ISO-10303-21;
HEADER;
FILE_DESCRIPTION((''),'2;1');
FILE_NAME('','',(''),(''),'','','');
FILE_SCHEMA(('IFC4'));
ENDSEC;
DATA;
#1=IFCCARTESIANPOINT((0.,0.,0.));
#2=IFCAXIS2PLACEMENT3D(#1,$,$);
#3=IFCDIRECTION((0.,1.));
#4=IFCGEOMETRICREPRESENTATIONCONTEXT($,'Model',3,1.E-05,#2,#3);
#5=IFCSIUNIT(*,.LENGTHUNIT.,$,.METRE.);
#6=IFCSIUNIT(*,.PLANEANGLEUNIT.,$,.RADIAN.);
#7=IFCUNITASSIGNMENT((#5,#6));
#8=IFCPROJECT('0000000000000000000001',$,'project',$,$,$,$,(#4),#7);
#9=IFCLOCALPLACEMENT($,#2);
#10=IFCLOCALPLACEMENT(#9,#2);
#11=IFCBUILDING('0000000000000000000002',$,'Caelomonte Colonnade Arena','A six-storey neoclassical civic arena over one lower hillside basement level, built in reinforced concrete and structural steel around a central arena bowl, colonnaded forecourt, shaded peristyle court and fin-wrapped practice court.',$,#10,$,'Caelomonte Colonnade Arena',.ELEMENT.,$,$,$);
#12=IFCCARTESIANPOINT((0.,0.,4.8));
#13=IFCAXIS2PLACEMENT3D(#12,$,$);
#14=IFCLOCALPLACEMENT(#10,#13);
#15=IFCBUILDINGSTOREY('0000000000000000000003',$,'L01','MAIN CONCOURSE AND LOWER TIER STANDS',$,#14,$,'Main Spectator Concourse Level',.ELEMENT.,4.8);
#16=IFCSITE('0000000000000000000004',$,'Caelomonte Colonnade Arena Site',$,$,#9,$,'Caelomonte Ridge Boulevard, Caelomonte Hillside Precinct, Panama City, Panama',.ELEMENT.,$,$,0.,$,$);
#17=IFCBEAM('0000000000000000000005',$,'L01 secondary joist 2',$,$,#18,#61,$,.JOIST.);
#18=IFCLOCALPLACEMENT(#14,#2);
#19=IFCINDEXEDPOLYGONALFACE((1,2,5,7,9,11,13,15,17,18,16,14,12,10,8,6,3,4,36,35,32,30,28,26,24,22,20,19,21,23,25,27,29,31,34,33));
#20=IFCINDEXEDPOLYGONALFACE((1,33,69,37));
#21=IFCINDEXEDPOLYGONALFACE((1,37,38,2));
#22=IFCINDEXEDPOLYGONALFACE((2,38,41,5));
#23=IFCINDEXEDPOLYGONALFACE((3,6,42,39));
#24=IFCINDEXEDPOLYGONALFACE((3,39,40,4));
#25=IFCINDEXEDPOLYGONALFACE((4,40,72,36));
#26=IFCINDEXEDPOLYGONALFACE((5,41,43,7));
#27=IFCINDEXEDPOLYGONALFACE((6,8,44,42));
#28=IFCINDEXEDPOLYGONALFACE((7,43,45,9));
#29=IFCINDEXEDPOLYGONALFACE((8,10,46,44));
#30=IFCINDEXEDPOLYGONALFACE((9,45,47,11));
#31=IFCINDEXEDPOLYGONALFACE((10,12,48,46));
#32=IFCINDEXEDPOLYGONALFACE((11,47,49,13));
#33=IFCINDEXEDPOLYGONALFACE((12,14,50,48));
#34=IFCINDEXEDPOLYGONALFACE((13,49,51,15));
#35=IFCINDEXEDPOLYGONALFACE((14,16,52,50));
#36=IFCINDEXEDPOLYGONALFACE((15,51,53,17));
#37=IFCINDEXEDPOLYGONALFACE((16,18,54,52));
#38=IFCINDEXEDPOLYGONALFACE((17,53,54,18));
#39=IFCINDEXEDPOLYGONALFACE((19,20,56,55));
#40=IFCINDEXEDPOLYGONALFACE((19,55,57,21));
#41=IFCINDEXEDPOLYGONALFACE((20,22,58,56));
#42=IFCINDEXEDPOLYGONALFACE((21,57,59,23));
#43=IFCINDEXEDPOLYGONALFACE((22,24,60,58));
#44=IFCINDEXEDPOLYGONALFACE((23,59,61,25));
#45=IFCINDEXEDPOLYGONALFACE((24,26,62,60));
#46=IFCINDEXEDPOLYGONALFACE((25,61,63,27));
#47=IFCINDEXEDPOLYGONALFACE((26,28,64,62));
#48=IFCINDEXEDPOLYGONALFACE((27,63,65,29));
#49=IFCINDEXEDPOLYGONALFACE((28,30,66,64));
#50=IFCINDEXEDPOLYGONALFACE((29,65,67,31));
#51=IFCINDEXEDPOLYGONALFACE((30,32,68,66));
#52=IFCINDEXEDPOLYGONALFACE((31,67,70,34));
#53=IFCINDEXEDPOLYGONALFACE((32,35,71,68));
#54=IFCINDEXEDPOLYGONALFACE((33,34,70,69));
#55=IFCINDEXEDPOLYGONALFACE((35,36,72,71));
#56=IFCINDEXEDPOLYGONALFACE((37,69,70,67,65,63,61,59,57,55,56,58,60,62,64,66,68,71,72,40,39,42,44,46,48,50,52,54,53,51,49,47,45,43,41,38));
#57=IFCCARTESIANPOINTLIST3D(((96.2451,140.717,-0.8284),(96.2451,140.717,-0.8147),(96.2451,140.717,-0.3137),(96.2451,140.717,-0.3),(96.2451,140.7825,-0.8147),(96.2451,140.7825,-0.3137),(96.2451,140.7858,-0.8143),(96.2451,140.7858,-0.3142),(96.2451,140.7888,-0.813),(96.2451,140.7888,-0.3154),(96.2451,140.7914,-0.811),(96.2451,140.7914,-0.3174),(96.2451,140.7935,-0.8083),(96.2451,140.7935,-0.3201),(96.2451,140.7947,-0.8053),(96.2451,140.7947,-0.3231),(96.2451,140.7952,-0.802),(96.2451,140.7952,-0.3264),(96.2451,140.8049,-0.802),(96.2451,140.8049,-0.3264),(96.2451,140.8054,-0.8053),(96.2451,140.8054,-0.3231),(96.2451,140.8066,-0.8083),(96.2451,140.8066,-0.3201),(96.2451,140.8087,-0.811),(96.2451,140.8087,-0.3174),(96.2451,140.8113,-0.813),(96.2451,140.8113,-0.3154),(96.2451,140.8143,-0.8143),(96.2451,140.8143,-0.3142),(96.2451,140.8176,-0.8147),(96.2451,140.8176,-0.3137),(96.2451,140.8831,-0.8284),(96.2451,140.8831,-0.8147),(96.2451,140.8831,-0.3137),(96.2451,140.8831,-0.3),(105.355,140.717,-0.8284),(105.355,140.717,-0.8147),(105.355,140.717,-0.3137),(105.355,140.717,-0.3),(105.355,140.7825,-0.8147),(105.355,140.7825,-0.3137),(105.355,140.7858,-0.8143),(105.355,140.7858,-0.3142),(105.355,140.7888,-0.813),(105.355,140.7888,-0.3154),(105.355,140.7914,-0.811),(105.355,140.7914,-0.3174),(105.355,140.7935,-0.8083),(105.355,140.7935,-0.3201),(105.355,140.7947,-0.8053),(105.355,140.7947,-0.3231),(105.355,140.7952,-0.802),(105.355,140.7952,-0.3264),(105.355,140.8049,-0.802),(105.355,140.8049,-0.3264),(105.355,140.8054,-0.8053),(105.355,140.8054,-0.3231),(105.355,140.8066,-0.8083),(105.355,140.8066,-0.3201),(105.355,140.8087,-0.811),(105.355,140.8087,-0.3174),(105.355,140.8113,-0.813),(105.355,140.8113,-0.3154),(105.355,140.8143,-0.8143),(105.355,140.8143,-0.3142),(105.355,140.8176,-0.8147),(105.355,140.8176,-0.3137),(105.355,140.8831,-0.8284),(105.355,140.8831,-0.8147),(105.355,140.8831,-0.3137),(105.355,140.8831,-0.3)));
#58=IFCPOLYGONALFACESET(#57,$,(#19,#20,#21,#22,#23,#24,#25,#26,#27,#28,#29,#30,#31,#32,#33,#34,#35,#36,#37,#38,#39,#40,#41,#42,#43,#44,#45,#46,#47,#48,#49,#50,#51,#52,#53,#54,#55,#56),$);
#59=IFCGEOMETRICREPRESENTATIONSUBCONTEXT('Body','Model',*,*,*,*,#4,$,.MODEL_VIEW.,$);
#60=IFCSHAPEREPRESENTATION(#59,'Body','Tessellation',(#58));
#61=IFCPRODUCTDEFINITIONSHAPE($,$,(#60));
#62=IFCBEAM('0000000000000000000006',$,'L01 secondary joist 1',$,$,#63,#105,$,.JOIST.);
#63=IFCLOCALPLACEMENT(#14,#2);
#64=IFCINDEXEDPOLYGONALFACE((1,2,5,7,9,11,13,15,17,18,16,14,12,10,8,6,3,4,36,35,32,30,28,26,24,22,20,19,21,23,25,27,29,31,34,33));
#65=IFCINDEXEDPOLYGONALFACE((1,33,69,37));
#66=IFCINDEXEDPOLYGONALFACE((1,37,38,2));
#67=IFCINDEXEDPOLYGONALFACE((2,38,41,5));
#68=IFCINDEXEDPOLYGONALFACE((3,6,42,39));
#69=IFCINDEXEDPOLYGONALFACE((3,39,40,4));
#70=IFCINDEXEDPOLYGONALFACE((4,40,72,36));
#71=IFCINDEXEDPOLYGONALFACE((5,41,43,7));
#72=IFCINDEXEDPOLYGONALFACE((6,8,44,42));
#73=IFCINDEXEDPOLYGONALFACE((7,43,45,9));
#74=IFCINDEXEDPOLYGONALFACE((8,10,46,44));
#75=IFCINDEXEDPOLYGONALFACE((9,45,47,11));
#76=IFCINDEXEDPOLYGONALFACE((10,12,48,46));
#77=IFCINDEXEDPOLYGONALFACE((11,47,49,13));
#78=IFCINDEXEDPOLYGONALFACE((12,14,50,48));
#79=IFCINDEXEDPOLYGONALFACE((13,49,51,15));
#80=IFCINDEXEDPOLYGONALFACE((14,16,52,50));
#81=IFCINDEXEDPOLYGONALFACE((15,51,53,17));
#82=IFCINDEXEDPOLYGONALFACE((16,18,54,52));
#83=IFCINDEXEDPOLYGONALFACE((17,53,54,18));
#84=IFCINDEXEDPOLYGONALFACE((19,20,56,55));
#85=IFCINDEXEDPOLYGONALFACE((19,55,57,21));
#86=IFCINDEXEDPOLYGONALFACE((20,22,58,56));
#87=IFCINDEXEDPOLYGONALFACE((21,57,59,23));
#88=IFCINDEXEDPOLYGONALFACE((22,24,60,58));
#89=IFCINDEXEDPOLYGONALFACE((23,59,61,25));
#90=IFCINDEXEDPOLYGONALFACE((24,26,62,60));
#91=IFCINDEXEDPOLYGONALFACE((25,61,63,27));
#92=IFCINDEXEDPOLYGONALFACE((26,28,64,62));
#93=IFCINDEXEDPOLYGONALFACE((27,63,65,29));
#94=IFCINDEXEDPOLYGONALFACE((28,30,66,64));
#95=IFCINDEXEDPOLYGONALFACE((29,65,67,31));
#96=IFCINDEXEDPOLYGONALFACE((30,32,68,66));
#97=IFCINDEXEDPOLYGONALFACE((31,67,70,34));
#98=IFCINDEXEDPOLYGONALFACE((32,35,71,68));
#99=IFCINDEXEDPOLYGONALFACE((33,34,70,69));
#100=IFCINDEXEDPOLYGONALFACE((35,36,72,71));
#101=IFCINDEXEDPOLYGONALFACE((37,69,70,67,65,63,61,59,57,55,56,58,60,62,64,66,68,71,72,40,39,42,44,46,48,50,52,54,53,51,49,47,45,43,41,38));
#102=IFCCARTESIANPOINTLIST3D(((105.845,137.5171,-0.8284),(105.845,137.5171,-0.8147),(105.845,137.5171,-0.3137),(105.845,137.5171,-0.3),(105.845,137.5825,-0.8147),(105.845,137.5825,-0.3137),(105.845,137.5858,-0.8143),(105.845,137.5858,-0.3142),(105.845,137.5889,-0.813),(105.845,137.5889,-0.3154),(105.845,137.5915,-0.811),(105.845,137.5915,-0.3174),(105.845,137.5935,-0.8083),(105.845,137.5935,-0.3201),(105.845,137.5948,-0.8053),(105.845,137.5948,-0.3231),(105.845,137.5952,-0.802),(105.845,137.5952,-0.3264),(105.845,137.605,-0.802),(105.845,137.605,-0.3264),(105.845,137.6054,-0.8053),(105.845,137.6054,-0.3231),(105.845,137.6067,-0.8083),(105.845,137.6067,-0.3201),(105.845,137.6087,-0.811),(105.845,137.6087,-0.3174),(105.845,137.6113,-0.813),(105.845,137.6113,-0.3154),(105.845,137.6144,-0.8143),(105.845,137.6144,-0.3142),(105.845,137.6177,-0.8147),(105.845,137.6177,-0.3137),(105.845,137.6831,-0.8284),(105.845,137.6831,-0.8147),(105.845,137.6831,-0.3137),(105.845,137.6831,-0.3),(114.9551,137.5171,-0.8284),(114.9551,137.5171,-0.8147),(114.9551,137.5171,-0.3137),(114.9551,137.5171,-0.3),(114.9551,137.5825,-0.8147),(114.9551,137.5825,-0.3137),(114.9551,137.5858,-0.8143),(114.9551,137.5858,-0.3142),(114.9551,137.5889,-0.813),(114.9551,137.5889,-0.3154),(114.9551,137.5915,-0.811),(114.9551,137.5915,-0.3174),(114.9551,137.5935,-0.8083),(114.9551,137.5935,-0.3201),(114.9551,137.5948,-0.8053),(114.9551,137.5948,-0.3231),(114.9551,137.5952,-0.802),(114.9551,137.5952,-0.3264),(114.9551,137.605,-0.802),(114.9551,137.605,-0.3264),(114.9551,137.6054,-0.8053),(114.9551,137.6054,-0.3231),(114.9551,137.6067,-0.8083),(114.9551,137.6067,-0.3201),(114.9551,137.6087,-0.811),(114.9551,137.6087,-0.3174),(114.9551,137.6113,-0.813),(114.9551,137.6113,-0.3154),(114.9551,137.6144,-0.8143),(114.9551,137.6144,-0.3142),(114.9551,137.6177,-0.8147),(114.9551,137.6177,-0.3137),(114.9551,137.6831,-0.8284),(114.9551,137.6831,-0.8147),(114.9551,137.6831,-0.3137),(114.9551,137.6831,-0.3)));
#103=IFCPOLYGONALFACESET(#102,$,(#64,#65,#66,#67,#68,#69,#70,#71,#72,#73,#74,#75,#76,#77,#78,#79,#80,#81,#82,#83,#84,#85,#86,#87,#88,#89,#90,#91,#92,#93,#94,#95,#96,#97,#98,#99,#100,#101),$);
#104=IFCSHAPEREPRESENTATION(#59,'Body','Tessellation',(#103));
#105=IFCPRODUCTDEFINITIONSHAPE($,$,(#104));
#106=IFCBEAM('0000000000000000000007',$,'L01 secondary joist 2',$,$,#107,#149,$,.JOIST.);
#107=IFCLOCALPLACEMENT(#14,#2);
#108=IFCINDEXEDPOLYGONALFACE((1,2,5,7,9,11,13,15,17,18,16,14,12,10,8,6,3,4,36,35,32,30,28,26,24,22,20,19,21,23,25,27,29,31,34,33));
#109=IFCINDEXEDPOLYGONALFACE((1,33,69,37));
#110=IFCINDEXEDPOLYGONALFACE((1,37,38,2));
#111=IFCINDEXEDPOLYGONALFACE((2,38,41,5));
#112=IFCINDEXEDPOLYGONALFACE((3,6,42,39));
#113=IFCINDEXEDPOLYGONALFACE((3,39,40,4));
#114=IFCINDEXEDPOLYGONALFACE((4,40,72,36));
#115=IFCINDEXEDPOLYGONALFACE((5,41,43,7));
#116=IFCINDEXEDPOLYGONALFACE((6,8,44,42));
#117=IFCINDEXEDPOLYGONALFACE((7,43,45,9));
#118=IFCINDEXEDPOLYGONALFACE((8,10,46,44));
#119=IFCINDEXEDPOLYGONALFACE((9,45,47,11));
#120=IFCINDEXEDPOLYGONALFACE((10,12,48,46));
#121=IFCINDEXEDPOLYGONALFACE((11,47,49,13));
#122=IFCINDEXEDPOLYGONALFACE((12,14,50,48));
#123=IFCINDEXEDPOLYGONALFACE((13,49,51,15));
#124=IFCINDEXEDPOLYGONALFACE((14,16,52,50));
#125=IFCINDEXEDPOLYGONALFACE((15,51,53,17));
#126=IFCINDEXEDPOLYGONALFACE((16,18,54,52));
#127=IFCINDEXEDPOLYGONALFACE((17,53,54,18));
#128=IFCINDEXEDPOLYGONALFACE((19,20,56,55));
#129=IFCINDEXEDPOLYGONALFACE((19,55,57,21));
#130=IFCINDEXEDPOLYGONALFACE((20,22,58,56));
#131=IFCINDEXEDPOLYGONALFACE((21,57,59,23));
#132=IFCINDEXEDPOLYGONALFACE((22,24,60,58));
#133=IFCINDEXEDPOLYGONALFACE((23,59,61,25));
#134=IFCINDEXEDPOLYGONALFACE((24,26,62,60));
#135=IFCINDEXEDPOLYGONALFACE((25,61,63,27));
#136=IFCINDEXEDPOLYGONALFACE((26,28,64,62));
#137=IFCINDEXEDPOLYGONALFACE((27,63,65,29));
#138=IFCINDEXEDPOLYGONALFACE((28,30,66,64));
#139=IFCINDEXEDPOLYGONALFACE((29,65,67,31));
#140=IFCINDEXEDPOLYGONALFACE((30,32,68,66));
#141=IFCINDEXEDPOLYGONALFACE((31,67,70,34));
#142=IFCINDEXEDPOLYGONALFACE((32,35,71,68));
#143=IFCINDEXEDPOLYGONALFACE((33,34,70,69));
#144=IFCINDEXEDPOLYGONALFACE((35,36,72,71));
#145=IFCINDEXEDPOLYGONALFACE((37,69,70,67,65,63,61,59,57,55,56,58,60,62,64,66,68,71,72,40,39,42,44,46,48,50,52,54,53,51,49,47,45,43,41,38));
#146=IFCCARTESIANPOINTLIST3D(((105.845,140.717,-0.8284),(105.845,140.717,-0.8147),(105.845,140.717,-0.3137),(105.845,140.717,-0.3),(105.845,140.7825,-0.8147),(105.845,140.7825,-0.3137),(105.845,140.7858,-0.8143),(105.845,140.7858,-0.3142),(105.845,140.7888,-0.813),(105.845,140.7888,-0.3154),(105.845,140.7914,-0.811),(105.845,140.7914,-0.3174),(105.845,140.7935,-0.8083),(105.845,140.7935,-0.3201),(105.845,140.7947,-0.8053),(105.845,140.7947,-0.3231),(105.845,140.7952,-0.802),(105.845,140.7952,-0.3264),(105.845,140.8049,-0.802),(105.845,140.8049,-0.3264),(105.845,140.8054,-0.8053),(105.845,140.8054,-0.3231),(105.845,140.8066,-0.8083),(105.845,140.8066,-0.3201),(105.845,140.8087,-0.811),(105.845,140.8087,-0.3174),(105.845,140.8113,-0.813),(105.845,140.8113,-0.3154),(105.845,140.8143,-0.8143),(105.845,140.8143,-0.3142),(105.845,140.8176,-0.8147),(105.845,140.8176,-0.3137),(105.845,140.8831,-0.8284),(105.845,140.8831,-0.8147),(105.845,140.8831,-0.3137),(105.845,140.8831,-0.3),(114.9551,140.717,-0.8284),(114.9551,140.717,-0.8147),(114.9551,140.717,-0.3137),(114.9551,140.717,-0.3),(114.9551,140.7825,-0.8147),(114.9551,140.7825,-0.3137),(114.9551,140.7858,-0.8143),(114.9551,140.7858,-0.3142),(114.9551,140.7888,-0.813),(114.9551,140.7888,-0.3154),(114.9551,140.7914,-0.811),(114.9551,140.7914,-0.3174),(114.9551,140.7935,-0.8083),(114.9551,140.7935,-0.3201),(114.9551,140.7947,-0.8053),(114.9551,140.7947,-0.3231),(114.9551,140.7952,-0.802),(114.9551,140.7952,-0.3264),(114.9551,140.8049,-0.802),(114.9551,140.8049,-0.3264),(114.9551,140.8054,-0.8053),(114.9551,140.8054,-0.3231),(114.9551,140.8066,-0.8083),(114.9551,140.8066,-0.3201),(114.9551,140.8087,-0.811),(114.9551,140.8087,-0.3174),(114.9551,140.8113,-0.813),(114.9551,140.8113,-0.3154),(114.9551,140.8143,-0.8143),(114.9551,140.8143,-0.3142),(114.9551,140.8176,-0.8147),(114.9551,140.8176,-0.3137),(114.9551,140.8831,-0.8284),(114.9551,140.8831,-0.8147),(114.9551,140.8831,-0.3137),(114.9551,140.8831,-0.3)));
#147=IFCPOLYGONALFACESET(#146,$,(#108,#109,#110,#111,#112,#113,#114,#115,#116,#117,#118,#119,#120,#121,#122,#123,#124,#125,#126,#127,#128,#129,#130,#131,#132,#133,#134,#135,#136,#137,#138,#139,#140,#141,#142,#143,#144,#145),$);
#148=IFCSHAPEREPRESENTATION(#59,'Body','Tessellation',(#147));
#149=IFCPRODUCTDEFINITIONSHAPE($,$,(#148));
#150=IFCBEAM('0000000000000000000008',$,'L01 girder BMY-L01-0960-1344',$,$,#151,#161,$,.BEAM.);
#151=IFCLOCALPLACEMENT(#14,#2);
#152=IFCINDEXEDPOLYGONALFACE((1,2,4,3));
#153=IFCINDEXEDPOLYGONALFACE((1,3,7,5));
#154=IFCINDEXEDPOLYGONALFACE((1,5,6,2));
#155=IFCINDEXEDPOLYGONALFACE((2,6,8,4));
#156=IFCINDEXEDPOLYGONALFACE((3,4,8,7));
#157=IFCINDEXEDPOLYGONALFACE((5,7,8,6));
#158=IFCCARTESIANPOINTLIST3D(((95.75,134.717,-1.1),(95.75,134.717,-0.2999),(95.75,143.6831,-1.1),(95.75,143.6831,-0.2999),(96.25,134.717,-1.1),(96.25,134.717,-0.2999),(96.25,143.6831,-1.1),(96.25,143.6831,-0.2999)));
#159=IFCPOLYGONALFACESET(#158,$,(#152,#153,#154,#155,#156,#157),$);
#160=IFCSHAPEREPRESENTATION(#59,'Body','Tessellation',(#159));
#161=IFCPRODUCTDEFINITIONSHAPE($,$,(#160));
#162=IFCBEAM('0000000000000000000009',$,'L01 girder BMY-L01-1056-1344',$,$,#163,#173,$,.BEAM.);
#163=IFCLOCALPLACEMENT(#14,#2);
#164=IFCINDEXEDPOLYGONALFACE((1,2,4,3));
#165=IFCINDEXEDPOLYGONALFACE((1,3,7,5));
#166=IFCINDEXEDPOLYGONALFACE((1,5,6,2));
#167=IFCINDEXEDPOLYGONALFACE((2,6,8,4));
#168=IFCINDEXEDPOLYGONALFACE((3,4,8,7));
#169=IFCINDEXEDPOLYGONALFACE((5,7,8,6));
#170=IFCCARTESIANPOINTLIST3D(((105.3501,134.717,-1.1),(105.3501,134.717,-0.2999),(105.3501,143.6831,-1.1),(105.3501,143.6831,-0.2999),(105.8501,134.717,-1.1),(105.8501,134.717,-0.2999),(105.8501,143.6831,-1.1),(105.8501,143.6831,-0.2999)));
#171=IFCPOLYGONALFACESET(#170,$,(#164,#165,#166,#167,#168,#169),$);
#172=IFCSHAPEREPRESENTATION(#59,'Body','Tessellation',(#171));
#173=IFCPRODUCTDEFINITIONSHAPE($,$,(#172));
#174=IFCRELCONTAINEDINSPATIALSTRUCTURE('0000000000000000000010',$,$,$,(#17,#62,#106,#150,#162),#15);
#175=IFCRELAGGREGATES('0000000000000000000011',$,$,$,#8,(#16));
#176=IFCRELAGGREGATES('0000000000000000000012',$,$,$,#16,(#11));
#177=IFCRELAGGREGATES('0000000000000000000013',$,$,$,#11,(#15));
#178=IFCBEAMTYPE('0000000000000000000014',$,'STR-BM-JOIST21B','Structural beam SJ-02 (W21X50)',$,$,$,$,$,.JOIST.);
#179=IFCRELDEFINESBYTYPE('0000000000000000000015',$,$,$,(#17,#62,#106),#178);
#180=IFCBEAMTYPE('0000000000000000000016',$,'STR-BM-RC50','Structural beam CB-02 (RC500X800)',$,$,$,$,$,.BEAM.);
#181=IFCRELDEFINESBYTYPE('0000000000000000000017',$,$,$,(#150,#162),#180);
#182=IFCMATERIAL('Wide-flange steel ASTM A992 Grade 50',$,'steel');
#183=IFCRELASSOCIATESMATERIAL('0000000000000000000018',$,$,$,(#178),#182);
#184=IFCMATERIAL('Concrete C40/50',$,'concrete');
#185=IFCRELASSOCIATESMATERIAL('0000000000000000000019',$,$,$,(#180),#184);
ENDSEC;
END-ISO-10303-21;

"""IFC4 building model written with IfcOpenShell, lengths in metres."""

from ifc_helpers import new_model, si_unit, direction, frame, origin, origin_2d, place, context, subcontext, project, spatial, rectangle, i_section, extrude, material, material_profile, profile_set, type_object, element, save


model = new_model("IFC4")

# Units and contexts
model_context = context("Model", 3, precision=1e-05, world=origin(), true_north=direction((0.0, 1.0)))
body_context = subcontext(model_context, "Body", "Model", "MODEL_VIEW")
ifc_project = project(units=[si_unit("LENGTHUNIT", "METRE"), si_unit("PLANEANGLEUNIT", "RADIAN")], contexts=[model_context])

# Site, building, storey
site_placement = place(None, origin())
site = spatial("IfcSite", under=ifc_project, at=site_placement, Name="Caelomonte Colonnade Arena Site", LongName="Caelomonte Ridge Boulevard, Caelomonte Hillside Precinct, Panama City, Panama", CompositionType="ELEMENT", RefElevation=0.0)
building_placement = place(site_placement, origin())
building = spatial("IfcBuilding", under=site, at=building_placement, Name="Caelomonte Colonnade Arena", Description="A six-storey neoclassical civic arena over one lower hillside basement level, built in reinforced concrete and structural steel around a central arena bowl, colonnaded forecourt, shaded peristyle court and fin-wrapped practice court.", LongName="Caelomonte Colonnade Arena", CompositionType="ELEMENT")
storey_placement = place(building_placement, frame((0.0, 0.0, 4.8)))
storey = spatial("IfcBuildingStorey", under=building, at=storey_placement, Name="L01", Description="MAIN CONCOURSE AND LOWER TIER STANDS", LongName="Main Spectator Concourse Level", CompositionType="ELEMENT", Elevation=4.8)

# Shared definitions
ifc_material_1 = material(Name="Concrete C40/50", Category="concrete")

# Beams
ifc_material_2 = material(Name="Wide-flange steel ASTM A992 Grade 50", Category="steel")
ifc_material_profile_1 = material_profile(ifc_material_2, i_section(OverallWidth=0.166, OverallDepth=0.5283, WebThickness=0.0098, FlangeThickness=0.0137, FilletRadius=0.0127, at=origin_2d()), Name="W21X50")
ifc_profile_set_1 = profile_set([ifc_material_profile_1], Name="Wide-flange steel ASTM A992 Grade 50")
beam_type_1 = type_object("IfcBeamType", Name="STR-BM-JOIST21B", Description="Structural beam SJ-02 (W21X50)", PredefinedType="JOIST", material=ifc_profile_set_1)
for number, where, z_axis, x_axis, name in (
    (1, (96.2451, 140.8, -0.5642), (1.0, 0.0, 0.0), (0.0, 1.0, 0.0), "L01 secondary joist 2"),
):
    element("IfcBeam", number, at=place(storey_placement, frame(where, z_axis=z_axis, x_axis=x_axis)), inside=storey, type_object=beam_type_1, Name=name, PredefinedType="JOIST", context=body_context, shape_type="SweptSolid", body=[
        extrude(i_section(OverallWidth=0.166, OverallDepth=0.5283, WebThickness=0.0098, FlangeThickness=0.0137, FilletRadius=0.0127, at=origin_2d()), origin(), (0.0, 0.0, 1.0), 9.1099),
    ])
for number, where, z_axis, x_axis, name in (
    (2, (105.845, 137.6001, -0.5642), (1.0, 0.0, 0.0), (0.0, 1.0, 0.0), "L01 secondary joist 1"),
    (3, (105.845, 140.8, -0.5642), (1.0, 0.0, 0.0), (0.0, 1.0, 0.0), "L01 secondary joist 2"),
):
    element("IfcBeam", number, at=place(storey_placement, frame(where, z_axis=z_axis, x_axis=x_axis)), inside=storey, type_object=beam_type_1, Name=name, PredefinedType="JOIST", context=body_context, shape_type="SweptSolid", body=[
        extrude(i_section(OverallWidth=0.166, OverallDepth=0.5283, WebThickness=0.0098, FlangeThickness=0.0137, FilletRadius=0.0127, at=origin_2d()), origin(), (0.0, 0.0, 1.0), 9.1101),
    ])
ifc_material_profile_2 = material_profile(ifc_material_1, rectangle(XDim=0.5, YDim=0.8, at=origin_2d()), Name="RC500X800")
ifc_profile_set_2 = profile_set([ifc_material_profile_2], Name="Concrete C40/50")
beam_type_2 = type_object("IfcBeamType", Name="STR-BM-RC50", Description="Structural beam CB-02 (RC500X800)", PredefinedType="BEAM", material=ifc_profile_set_2)
for number, where, z_axis, x_axis, name in (
    (4, (96.0, 134.717, -0.7), (0.0, 1.0, 0.0), (-1.0, 0.0, 0.0), "L01 girder BMY-L01-0960-1344"),
    (5, (105.6001, 134.717, -0.7), (0.0, 1.0, 0.0), (-1.0, 0.0, 0.0), "L01 girder BMY-L01-1056-1344"),
):
    element("IfcBeam", number, at=place(storey_placement, frame(where, z_axis=z_axis, x_axis=x_axis)), inside=storey, type_object=beam_type_2, Name=name, PredefinedType="BEAM", context=body_context, shape_type="SweptSolid", body=[
        extrude(rectangle(XDim=0.5, YDim=0.8, at=origin_2d()), origin(), (0.0, 0.0, 1.0), 8.9661),
    ])

save(model, "model.ifc")
